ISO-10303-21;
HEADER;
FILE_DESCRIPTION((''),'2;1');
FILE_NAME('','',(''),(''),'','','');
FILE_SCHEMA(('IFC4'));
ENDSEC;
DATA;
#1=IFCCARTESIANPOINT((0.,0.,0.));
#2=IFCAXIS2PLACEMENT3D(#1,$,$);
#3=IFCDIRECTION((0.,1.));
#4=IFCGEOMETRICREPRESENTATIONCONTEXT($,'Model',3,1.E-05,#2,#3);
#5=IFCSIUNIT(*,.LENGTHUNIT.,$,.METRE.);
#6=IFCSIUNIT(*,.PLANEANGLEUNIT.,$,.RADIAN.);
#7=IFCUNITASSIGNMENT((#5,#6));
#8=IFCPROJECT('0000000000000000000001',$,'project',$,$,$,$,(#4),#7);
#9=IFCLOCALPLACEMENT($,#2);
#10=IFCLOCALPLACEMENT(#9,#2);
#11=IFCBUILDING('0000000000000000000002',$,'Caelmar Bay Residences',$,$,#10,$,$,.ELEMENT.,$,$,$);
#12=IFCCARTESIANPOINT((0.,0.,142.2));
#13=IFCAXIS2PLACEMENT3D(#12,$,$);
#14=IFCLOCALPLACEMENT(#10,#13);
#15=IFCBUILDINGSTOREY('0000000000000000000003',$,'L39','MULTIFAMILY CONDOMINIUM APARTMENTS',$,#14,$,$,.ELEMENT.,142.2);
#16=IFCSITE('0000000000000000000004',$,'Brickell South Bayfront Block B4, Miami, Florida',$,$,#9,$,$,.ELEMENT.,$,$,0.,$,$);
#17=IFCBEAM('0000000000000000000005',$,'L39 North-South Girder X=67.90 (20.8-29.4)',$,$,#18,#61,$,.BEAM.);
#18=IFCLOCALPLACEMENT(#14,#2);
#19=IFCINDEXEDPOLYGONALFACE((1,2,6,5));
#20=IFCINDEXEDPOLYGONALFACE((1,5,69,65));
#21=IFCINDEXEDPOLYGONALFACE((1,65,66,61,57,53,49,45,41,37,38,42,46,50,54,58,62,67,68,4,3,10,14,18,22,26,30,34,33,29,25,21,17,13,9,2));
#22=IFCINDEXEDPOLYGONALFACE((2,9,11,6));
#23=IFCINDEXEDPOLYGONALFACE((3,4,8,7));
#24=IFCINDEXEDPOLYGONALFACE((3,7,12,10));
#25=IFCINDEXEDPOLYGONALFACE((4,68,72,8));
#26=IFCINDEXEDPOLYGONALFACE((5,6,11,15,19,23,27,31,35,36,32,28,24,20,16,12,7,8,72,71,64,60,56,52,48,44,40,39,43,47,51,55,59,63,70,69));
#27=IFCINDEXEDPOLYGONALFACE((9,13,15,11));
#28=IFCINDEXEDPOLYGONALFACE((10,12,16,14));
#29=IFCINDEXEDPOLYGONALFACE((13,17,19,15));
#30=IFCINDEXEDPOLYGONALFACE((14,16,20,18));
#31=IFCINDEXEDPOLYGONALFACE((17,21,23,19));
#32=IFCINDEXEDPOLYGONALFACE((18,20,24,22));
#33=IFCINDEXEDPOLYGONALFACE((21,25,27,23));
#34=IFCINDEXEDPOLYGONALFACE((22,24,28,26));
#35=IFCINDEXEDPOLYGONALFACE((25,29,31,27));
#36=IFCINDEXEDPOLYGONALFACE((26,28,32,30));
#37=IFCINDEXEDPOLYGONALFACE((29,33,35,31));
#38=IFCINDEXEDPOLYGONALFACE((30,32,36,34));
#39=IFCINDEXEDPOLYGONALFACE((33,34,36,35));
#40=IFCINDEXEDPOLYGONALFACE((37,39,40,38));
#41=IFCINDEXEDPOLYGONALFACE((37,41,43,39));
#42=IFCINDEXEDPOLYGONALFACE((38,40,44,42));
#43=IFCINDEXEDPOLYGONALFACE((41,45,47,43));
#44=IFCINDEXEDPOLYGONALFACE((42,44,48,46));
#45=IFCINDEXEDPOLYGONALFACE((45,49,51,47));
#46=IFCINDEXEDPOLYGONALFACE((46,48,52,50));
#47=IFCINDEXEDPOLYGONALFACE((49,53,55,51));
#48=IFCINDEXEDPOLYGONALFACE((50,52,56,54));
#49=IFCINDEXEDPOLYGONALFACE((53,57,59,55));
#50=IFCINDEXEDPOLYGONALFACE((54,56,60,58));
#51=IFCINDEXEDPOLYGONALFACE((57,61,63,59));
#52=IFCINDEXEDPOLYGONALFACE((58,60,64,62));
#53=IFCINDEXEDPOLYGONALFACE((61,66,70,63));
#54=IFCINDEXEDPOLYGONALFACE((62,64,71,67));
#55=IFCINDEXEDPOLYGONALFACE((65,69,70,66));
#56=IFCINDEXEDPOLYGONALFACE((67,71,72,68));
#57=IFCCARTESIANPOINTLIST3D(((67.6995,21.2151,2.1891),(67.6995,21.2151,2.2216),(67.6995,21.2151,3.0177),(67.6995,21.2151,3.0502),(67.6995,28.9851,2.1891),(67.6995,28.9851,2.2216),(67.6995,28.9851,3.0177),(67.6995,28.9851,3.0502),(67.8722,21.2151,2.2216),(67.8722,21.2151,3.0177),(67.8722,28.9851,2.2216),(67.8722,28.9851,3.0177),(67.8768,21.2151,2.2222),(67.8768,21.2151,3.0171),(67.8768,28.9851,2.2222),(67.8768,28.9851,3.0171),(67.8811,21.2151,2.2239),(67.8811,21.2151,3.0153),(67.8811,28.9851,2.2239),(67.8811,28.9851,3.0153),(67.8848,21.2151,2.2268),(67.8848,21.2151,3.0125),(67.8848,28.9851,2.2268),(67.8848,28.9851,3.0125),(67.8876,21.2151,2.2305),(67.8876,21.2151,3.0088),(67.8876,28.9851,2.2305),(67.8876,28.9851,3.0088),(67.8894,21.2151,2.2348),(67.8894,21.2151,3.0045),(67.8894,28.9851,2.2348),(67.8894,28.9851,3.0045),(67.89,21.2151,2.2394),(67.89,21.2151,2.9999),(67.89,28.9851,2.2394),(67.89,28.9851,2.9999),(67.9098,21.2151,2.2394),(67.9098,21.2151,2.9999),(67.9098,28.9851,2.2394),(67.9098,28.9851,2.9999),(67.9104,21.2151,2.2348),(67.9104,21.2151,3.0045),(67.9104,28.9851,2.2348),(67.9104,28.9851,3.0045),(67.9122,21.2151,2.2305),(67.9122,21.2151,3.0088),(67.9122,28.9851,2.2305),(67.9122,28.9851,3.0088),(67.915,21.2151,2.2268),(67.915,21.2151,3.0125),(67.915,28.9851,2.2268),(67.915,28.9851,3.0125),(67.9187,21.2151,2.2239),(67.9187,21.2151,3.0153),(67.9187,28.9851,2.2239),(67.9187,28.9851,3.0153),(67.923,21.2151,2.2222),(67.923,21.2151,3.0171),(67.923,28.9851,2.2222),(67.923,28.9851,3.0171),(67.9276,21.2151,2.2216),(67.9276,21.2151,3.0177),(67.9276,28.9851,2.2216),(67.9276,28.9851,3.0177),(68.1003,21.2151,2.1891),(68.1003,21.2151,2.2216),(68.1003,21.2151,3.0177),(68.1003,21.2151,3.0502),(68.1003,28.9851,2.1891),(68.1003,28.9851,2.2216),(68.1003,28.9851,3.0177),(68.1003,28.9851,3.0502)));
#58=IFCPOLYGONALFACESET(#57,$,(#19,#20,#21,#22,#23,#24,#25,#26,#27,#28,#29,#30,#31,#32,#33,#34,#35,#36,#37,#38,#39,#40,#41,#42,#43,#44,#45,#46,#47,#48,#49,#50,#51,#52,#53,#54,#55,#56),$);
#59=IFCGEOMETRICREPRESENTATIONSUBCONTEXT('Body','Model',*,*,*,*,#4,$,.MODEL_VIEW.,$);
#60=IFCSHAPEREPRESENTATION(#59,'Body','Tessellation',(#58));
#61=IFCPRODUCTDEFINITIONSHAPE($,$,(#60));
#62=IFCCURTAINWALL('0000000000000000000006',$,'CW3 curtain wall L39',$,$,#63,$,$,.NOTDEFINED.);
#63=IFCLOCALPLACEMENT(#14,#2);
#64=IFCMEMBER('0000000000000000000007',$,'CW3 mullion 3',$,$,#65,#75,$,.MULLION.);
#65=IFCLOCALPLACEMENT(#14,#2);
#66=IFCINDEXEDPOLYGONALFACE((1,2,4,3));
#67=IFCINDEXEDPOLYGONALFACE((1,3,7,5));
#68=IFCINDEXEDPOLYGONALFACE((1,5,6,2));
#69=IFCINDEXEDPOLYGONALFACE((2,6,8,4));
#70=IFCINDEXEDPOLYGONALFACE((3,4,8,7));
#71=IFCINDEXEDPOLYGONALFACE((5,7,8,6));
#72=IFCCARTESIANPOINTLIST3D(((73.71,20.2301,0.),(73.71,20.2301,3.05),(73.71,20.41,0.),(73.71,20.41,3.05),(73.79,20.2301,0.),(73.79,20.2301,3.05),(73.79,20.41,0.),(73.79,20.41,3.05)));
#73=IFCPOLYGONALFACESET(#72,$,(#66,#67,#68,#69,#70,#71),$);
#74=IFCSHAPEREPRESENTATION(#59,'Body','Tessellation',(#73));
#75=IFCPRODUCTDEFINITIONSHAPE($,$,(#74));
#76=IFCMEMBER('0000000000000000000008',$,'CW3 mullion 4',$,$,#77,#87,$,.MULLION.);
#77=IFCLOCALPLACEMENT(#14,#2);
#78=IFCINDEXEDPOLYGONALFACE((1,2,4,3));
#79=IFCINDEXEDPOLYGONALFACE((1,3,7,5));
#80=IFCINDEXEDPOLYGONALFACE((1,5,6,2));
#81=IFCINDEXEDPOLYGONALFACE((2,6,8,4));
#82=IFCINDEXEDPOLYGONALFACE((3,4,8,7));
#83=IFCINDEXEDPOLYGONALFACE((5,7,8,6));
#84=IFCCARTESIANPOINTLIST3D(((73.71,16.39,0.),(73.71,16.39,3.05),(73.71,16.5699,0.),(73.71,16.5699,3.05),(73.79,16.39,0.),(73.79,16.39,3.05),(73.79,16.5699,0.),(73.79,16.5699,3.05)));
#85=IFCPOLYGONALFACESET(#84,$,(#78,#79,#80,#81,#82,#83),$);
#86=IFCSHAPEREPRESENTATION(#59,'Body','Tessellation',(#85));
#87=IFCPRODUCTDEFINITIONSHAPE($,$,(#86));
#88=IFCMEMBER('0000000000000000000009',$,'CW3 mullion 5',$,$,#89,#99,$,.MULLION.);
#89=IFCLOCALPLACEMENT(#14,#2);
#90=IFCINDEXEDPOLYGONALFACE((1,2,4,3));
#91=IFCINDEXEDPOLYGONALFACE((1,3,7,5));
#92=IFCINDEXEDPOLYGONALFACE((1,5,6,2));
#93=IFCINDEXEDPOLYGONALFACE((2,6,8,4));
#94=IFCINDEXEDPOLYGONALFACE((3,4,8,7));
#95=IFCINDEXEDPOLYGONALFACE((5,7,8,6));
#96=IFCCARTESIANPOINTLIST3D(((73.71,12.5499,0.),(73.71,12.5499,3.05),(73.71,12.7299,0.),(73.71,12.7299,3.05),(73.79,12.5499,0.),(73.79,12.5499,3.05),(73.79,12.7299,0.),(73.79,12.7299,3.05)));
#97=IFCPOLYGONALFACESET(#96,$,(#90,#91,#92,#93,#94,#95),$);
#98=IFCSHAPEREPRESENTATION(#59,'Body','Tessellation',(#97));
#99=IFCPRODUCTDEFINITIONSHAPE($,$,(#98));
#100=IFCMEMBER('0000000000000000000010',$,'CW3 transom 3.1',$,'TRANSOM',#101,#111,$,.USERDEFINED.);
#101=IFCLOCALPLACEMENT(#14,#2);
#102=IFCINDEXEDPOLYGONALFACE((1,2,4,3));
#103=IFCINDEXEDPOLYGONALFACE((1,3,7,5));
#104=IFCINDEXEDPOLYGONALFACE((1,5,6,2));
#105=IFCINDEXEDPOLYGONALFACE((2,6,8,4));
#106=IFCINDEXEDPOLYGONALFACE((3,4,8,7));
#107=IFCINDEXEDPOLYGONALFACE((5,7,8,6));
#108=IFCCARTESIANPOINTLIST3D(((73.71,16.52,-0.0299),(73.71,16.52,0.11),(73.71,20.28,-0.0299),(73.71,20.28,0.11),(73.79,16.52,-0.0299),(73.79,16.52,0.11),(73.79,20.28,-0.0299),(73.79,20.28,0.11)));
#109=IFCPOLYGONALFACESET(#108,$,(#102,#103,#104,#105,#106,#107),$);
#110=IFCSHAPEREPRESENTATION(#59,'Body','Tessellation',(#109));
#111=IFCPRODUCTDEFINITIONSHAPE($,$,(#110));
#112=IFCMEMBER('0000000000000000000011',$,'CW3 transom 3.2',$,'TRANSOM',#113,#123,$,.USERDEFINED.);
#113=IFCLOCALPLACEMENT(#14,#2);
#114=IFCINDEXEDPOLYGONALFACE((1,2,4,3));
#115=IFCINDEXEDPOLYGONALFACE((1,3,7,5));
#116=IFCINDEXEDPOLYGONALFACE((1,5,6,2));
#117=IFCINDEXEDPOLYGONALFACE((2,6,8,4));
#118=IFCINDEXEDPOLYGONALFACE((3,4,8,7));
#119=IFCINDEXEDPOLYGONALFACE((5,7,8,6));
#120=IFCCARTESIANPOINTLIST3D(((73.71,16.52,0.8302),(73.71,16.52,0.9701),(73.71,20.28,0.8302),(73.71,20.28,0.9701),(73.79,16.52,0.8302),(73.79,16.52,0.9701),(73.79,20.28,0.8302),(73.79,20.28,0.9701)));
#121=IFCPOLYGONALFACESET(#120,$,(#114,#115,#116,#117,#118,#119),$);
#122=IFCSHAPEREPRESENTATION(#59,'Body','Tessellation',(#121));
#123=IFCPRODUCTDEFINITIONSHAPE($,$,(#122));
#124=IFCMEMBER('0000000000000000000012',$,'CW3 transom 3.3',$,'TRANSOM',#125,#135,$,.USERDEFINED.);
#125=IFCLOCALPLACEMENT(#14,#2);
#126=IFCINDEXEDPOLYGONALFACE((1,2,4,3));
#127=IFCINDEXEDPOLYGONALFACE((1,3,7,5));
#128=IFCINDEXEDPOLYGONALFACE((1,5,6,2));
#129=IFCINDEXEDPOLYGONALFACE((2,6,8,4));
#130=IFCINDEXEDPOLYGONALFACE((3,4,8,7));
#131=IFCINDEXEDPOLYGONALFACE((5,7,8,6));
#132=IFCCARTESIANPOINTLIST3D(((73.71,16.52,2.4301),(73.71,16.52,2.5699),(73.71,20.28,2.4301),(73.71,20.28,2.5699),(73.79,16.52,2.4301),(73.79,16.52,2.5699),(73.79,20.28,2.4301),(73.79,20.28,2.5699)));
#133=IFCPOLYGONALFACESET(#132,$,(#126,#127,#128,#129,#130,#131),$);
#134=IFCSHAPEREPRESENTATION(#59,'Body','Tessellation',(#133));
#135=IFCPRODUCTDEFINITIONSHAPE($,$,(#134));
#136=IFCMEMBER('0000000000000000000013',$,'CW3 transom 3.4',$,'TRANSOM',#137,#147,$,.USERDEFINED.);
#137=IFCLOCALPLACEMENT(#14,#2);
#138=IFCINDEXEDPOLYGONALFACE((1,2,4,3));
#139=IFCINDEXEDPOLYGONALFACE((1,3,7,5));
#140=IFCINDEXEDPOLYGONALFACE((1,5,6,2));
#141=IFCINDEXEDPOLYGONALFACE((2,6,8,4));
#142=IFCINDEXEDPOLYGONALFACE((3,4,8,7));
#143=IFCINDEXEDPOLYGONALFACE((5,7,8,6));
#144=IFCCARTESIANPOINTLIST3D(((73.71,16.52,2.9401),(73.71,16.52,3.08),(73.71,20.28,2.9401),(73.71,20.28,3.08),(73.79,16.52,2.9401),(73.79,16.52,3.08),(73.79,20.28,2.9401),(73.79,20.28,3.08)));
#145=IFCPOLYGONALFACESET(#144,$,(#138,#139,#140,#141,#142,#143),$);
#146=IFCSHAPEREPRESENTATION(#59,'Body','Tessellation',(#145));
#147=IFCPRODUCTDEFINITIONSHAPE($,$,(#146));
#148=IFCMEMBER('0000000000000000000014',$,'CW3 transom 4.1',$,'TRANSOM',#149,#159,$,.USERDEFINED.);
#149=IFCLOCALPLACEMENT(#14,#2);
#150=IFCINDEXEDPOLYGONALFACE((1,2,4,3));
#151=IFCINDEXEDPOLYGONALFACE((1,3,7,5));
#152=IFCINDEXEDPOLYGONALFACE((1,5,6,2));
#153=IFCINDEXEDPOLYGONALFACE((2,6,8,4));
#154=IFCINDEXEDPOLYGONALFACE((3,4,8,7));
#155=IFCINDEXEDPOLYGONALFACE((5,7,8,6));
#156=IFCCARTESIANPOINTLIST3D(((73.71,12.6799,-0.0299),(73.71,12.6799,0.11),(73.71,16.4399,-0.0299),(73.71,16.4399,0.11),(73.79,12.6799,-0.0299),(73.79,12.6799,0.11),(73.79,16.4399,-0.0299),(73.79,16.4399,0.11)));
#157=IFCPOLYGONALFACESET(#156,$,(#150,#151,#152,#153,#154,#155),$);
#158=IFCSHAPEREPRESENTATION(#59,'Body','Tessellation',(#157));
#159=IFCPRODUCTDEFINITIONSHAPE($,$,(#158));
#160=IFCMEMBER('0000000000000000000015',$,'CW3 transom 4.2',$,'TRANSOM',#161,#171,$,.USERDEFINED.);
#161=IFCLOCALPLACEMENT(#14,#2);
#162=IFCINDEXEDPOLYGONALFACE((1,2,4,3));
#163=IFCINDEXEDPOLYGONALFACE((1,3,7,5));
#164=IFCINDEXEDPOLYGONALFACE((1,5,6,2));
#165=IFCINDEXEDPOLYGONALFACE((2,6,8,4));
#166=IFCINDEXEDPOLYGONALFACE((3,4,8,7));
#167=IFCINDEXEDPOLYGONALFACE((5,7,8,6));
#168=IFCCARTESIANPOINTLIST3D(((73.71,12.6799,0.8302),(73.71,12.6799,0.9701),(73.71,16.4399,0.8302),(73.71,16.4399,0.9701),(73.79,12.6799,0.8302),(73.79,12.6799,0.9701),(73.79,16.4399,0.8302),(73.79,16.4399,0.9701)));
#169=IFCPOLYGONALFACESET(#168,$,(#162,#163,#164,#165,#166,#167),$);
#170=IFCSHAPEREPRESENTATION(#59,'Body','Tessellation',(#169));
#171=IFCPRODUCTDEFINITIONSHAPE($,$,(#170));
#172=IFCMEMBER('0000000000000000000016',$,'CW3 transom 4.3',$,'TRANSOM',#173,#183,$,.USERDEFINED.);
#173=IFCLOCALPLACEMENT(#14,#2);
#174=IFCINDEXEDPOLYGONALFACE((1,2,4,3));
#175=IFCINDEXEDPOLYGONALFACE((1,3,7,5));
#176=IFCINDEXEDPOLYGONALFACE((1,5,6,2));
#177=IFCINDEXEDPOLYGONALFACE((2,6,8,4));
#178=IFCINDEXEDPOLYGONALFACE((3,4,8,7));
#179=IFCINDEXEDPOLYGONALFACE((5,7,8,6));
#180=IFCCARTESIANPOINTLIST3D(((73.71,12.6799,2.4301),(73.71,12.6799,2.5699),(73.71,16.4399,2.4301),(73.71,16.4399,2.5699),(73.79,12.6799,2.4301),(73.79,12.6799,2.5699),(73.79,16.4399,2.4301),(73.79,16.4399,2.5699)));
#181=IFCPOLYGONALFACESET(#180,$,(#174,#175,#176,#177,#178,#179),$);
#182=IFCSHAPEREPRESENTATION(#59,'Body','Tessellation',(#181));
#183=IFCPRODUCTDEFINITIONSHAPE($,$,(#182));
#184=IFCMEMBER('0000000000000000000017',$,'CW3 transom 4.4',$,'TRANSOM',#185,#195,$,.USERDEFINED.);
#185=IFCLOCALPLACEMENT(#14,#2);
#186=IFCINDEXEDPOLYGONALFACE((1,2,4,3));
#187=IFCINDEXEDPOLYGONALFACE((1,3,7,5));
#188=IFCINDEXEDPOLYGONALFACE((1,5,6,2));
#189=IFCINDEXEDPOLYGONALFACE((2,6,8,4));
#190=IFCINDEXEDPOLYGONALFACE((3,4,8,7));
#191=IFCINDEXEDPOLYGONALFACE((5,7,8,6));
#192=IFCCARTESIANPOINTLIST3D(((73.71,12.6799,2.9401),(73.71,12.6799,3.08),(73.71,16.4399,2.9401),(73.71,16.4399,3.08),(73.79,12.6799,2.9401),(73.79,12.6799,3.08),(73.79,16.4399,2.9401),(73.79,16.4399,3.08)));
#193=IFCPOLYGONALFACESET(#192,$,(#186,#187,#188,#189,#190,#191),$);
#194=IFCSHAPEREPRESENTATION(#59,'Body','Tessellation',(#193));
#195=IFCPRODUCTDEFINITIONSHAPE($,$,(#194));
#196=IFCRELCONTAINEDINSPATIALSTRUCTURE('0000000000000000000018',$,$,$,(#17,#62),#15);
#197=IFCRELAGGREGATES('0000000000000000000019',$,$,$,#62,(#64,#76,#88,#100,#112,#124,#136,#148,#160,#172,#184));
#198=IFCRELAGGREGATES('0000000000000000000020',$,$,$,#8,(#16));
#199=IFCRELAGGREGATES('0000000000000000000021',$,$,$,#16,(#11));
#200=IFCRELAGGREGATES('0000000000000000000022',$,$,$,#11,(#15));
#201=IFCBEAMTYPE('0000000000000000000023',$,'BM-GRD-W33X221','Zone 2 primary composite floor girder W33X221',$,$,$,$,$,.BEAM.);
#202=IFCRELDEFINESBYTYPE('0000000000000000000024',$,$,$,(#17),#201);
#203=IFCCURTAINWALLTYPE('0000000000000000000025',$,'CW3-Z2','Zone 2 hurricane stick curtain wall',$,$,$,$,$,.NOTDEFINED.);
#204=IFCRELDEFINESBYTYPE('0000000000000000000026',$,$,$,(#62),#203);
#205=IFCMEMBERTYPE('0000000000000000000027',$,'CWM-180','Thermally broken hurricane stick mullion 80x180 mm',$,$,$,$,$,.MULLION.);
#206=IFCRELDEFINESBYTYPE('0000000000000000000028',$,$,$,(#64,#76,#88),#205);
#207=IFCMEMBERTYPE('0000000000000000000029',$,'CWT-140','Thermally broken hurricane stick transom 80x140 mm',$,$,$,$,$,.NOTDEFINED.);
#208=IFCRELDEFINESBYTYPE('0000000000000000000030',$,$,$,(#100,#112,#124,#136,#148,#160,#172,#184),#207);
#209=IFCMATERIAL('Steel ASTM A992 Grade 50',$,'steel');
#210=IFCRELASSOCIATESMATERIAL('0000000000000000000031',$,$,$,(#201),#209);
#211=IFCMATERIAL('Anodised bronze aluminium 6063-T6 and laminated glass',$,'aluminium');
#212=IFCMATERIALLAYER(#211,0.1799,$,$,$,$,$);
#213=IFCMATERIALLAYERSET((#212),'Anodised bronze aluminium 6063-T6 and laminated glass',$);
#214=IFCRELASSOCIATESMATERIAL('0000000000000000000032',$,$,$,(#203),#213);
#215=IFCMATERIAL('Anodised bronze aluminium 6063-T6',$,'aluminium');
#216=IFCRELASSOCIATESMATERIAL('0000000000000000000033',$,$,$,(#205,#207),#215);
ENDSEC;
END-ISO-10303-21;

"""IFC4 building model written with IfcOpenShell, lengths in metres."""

from ifc_helpers import new_model, si_unit, direction, frame, origin, origin_2d, place, context, subcontext, project, spatial, rectangle, i_section, extrude, material, layer, layer_set, material_profile, profile_set, type_object, element, aggregate, save


model = new_model("IFC4")

# Units and contexts
model_context = context("Model", 3, precision=1e-05, world=origin(), true_north=direction((0.0, 1.0)))
body_context = subcontext(model_context, "Body", "Model", "MODEL_VIEW")
ifc_project = project(units=[si_unit("LENGTHUNIT", "METRE"), si_unit("PLANEANGLEUNIT", "RADIAN")], contexts=[model_context])

# Site, building, storey
site_placement = place(None, origin())
site = spatial("IfcSite", under=ifc_project, at=site_placement, Name="Brickell South Bayfront Block B4, Miami, Florida", CompositionType="ELEMENT", RefElevation=0.0)
building_placement = place(site_placement, origin())
building = spatial("IfcBuilding", under=site, at=building_placement, Name="Caelmar Bay Residences", CompositionType="ELEMENT")
storey_placement = place(building_placement, frame((0.0, 0.0, 142.2)))
storey = spatial("IfcBuildingStorey", under=building, at=storey_placement, Name="L39", Description="MULTIFAMILY CONDOMINIUM APARTMENTS", CompositionType="ELEMENT", Elevation=142.2)

# Beam
ifc_material_1 = material(Name="Steel ASTM A992 Grade 50", Category="steel")
ifc_material_profile_1 = material_profile(ifc_material_1, i_section(OverallWidth=0.4009, OverallDepth=0.8611, WebThickness=0.0198, FlangeThickness=0.0325, FilletRadius=0.0178, at=origin_2d()), Name="W33X221")
ifc_profile_set_1 = profile_set([ifc_material_profile_1], Name="Steel ASTM A992 Grade 50")
beam_type = type_object("IfcBeamType", Name="BM-GRD-W33X221", Description="Zone 2 primary composite floor girder W33X221", PredefinedType="BEAM", material=ifc_profile_set_1)
beam_placement = place(storey_placement, frame((67.8999, 21.2151, 2.6196), z_axis=(0.0, 1.0, 0.0), x_axis=(-1.0, 0.0, 0.0)))
element("IfcBeam", 1, at=beam_placement, inside=storey, type_object=beam_type, Name="L39 North-South Girder X=67.90 (20.8-29.4)", PredefinedType="BEAM", context=body_context, shape_type="SweptSolid", body=[
    extrude(i_section(OverallWidth=0.4009, OverallDepth=0.8611, WebThickness=0.0198, FlangeThickness=0.0325, FilletRadius=0.0178, at=origin_2d()), origin(), (0.0, 0.0, 1.0), 7.77),
])

# Curtain wall, members
ifc_material_2 = material(Name="Anodised bronze aluminium 6063-T6 and laminated glass", Category="aluminium")
ifc_layer_1 = layer(ifc_material_2, 0.1799)
ifc_layer_set_1 = layer_set([ifc_layer_1], Name="Anodised bronze aluminium 6063-T6 and laminated glass")
curtain_wall_type = type_object("IfcCurtainWallType", Name="CW3-Z2", Description="Zone 2 hurricane stick curtain wall", PredefinedType="NOTDEFINED", material=ifc_layer_set_1)
curtain_wall_placement = place(storey_placement, origin())
curtain_wall = element("IfcCurtainWall", 2, at=curtain_wall_placement, inside=storey, type_object=curtain_wall_type, Name="CW3 curtain wall L39", PredefinedType="NOTDEFINED")
ifc_material_3 = material(Name="Anodised bronze aluminium 6063-T6", Category="aluminium")
ifc_material_profile_2 = material_profile(ifc_material_3, rectangle(XDim=0.0801, YDim=0.1799, at=origin_2d()), Name="CWM-80X180")
ifc_profile_set_2 = profile_set([ifc_material_profile_2], Name="Anodised bronze aluminium 6063-T6")
member_type_1 = type_object("IfcMemberType", Name="CWM-180", Description="Thermally broken hurricane stick mullion 80x180 mm", PredefinedType="MULLION", material=ifc_profile_set_2)
member_1_placement = place(storey_placement, frame((73.75, 20.3201, 0.0), z_axis=(0.0, 0.0, 1.0), x_axis=(1.0, 0.0, 0.0)))
member_1 = element("IfcMember", 3, at=member_1_placement, type_object=member_type_1, Name="CW3 mullion 3", PredefinedType="MULLION", context=body_context, shape_type="SweptSolid", body=[
    extrude(rectangle(XDim=0.0801, YDim=0.1799, at=origin_2d()), origin(), (0.0, 0.0, 1.0), 3.05),
])
member_2_placement = place(storey_placement, frame((73.75, 16.48, 0.0), z_axis=(0.0, 0.0, 1.0), x_axis=(1.0, 0.0, 0.0)))
member_2 = element("IfcMember", 4, at=member_2_placement, type_object=member_type_1, Name="CW3 mullion 4", PredefinedType="MULLION", context=body_context, shape_type="SweptSolid", body=[
    extrude(rectangle(XDim=0.0801, YDim=0.1799, at=origin_2d()), origin(), (0.0, 0.0, 1.0), 3.05),
])
member_3_placement = place(storey_placement, frame((73.75, 12.6399, 0.0), z_axis=(0.0, 0.0, 1.0), x_axis=(1.0, 0.0, 0.0)))
member_3 = element("IfcMember", 5, at=member_3_placement, type_object=member_type_1, Name="CW3 mullion 5", PredefinedType="MULLION", context=body_context, shape_type="SweptSolid", body=[
    extrude(rectangle(XDim=0.0801, YDim=0.1799, at=origin_2d()), origin(), (0.0, 0.0, 1.0), 3.05),
])
ifc_material_profile_3 = material_profile(ifc_material_3, rectangle(XDim=0.0801, YDim=0.1399, at=origin_2d()), Name="CWT-80X140")
ifc_profile_set_3 = profile_set([ifc_material_profile_3], Name="Anodised bronze aluminium 6063-T6")
member_type_2 = type_object("IfcMemberType", Name="CWT-140", Description="Thermally broken hurricane stick transom 80x140 mm", PredefinedType="NOTDEFINED", material=ifc_profile_set_3)
member_4_placement = place(storey_placement, frame((73.75, 20.28, 0.04), z_axis=(0.0, -1.0, 0.0), x_axis=(1.0, 0.0, 0.0)))
member_4 = element("IfcMember", 6, at=member_4_placement, type_object=member_type_2, Name="CW3 transom 3.1", ObjectType="TRANSOM", PredefinedType="USERDEFINED", context=body_context, shape_type="SweptSolid", body=[
    extrude(rectangle(XDim=0.0801, YDim=0.1399, at=origin_2d()), origin(), (0.0, 0.0, 1.0), 3.76),
])
member_5_placement = place(storey_placement, frame((73.75, 20.28, 0.9001), z_axis=(0.0, -1.0, 0.0), x_axis=(1.0, 0.0, 0.0)))
member_5 = element("IfcMember", 7, at=member_5_placement, type_object=member_type_2, Name="CW3 transom 3.2", ObjectType="TRANSOM", PredefinedType="USERDEFINED", context=body_context, shape_type="SweptSolid", body=[
    extrude(rectangle(XDim=0.0801, YDim=0.1399, at=origin_2d()), origin(), (0.0, 0.0, 1.0), 3.76),
])
member_6_placement = place(storey_placement, frame((73.75, 20.28, 2.5), z_axis=(0.0, -1.0, 0.0), x_axis=(1.0, 0.0, 0.0)))
member_6 = element("IfcMember", 8, at=member_6_placement, type_object=member_type_2, Name="CW3 transom 3.3", ObjectType="TRANSOM", PredefinedType="USERDEFINED", context=body_context, shape_type="SweptSolid", body=[
    extrude(rectangle(XDim=0.0801, YDim=0.1399, at=origin_2d()), origin(), (0.0, 0.0, 1.0), 3.76),
])
member_7_placement = place(storey_placement, frame((73.75, 20.28, 3.01), z_axis=(0.0, -1.0, 0.0), x_axis=(1.0, 0.0, 0.0)))
member_7 = element("IfcMember", 9, at=member_7_placement, type_object=member_type_2, Name="CW3 transom 3.4", ObjectType="TRANSOM", PredefinedType="USERDEFINED", context=body_context, shape_type="SweptSolid", body=[
    extrude(rectangle(XDim=0.0801, YDim=0.1399, at=origin_2d()), origin(), (0.0, 0.0, 1.0), 3.76),
])
member_8_placement = place(storey_placement, frame((73.75, 16.4399, 0.04), z_axis=(0.0, -1.0, 0.0), x_axis=(1.0, 0.0, 0.0)))
member_8 = element("IfcMember", 10, at=member_8_placement, type_object=member_type_2, Name="CW3 transom 4.1", ObjectType="TRANSOM", PredefinedType="USERDEFINED", context=body_context, shape_type="SweptSolid", body=[
    extrude(rectangle(XDim=0.0801, YDim=0.1399, at=origin_2d()), origin(), (0.0, 0.0, 1.0), 3.76),
])
member_9_placement = place(storey_placement, frame((73.75, 16.4399, 0.9001), z_axis=(0.0, -1.0, 0.0), x_axis=(1.0, 0.0, 0.0)))
member_9 = element("IfcMember", 11, at=member_9_placement, type_object=member_type_2, Name="CW3 transom 4.2", ObjectType="TRANSOM", PredefinedType="USERDEFINED", context=body_context, shape_type="SweptSolid", body=[
    extrude(rectangle(XDim=0.0801, YDim=0.1399, at=origin_2d()), origin(), (0.0, 0.0, 1.0), 3.76),
])
member_10_placement = place(storey_placement, frame((73.75, 16.4399, 2.5), z_axis=(0.0, -1.0, 0.0), x_axis=(1.0, 0.0, 0.0)))
member_10 = element("IfcMember", 12, at=member_10_placement, type_object=member_type_2, Name="CW3 transom 4.3", ObjectType="TRANSOM", PredefinedType="USERDEFINED", context=body_context, shape_type="SweptSolid", body=[
    extrude(rectangle(XDim=0.0801, YDim=0.1399, at=origin_2d()), origin(), (0.0, 0.0, 1.0), 3.76),
])
member_11_placement = place(storey_placement, frame((73.75, 16.4399, 3.01), z_axis=(0.0, -1.0, 0.0), x_axis=(1.0, 0.0, 0.0)))
member_11 = element("IfcMember", 13, at=member_11_placement, type_object=member_type_2, Name="CW3 transom 4.4", ObjectType="TRANSOM", PredefinedType="USERDEFINED", context=body_context, shape_type="SweptSolid", body=[
    extrude(rectangle(XDim=0.0801, YDim=0.1399, at=origin_2d()), origin(), (0.0, 0.0, 1.0), 3.76),
])
aggregate(curtain_wall, [member_1, member_2, member_3, member_4, member_5, member_6, member_7, member_8, member_9, member_10, member_11])

save(model, "model.ifc")
